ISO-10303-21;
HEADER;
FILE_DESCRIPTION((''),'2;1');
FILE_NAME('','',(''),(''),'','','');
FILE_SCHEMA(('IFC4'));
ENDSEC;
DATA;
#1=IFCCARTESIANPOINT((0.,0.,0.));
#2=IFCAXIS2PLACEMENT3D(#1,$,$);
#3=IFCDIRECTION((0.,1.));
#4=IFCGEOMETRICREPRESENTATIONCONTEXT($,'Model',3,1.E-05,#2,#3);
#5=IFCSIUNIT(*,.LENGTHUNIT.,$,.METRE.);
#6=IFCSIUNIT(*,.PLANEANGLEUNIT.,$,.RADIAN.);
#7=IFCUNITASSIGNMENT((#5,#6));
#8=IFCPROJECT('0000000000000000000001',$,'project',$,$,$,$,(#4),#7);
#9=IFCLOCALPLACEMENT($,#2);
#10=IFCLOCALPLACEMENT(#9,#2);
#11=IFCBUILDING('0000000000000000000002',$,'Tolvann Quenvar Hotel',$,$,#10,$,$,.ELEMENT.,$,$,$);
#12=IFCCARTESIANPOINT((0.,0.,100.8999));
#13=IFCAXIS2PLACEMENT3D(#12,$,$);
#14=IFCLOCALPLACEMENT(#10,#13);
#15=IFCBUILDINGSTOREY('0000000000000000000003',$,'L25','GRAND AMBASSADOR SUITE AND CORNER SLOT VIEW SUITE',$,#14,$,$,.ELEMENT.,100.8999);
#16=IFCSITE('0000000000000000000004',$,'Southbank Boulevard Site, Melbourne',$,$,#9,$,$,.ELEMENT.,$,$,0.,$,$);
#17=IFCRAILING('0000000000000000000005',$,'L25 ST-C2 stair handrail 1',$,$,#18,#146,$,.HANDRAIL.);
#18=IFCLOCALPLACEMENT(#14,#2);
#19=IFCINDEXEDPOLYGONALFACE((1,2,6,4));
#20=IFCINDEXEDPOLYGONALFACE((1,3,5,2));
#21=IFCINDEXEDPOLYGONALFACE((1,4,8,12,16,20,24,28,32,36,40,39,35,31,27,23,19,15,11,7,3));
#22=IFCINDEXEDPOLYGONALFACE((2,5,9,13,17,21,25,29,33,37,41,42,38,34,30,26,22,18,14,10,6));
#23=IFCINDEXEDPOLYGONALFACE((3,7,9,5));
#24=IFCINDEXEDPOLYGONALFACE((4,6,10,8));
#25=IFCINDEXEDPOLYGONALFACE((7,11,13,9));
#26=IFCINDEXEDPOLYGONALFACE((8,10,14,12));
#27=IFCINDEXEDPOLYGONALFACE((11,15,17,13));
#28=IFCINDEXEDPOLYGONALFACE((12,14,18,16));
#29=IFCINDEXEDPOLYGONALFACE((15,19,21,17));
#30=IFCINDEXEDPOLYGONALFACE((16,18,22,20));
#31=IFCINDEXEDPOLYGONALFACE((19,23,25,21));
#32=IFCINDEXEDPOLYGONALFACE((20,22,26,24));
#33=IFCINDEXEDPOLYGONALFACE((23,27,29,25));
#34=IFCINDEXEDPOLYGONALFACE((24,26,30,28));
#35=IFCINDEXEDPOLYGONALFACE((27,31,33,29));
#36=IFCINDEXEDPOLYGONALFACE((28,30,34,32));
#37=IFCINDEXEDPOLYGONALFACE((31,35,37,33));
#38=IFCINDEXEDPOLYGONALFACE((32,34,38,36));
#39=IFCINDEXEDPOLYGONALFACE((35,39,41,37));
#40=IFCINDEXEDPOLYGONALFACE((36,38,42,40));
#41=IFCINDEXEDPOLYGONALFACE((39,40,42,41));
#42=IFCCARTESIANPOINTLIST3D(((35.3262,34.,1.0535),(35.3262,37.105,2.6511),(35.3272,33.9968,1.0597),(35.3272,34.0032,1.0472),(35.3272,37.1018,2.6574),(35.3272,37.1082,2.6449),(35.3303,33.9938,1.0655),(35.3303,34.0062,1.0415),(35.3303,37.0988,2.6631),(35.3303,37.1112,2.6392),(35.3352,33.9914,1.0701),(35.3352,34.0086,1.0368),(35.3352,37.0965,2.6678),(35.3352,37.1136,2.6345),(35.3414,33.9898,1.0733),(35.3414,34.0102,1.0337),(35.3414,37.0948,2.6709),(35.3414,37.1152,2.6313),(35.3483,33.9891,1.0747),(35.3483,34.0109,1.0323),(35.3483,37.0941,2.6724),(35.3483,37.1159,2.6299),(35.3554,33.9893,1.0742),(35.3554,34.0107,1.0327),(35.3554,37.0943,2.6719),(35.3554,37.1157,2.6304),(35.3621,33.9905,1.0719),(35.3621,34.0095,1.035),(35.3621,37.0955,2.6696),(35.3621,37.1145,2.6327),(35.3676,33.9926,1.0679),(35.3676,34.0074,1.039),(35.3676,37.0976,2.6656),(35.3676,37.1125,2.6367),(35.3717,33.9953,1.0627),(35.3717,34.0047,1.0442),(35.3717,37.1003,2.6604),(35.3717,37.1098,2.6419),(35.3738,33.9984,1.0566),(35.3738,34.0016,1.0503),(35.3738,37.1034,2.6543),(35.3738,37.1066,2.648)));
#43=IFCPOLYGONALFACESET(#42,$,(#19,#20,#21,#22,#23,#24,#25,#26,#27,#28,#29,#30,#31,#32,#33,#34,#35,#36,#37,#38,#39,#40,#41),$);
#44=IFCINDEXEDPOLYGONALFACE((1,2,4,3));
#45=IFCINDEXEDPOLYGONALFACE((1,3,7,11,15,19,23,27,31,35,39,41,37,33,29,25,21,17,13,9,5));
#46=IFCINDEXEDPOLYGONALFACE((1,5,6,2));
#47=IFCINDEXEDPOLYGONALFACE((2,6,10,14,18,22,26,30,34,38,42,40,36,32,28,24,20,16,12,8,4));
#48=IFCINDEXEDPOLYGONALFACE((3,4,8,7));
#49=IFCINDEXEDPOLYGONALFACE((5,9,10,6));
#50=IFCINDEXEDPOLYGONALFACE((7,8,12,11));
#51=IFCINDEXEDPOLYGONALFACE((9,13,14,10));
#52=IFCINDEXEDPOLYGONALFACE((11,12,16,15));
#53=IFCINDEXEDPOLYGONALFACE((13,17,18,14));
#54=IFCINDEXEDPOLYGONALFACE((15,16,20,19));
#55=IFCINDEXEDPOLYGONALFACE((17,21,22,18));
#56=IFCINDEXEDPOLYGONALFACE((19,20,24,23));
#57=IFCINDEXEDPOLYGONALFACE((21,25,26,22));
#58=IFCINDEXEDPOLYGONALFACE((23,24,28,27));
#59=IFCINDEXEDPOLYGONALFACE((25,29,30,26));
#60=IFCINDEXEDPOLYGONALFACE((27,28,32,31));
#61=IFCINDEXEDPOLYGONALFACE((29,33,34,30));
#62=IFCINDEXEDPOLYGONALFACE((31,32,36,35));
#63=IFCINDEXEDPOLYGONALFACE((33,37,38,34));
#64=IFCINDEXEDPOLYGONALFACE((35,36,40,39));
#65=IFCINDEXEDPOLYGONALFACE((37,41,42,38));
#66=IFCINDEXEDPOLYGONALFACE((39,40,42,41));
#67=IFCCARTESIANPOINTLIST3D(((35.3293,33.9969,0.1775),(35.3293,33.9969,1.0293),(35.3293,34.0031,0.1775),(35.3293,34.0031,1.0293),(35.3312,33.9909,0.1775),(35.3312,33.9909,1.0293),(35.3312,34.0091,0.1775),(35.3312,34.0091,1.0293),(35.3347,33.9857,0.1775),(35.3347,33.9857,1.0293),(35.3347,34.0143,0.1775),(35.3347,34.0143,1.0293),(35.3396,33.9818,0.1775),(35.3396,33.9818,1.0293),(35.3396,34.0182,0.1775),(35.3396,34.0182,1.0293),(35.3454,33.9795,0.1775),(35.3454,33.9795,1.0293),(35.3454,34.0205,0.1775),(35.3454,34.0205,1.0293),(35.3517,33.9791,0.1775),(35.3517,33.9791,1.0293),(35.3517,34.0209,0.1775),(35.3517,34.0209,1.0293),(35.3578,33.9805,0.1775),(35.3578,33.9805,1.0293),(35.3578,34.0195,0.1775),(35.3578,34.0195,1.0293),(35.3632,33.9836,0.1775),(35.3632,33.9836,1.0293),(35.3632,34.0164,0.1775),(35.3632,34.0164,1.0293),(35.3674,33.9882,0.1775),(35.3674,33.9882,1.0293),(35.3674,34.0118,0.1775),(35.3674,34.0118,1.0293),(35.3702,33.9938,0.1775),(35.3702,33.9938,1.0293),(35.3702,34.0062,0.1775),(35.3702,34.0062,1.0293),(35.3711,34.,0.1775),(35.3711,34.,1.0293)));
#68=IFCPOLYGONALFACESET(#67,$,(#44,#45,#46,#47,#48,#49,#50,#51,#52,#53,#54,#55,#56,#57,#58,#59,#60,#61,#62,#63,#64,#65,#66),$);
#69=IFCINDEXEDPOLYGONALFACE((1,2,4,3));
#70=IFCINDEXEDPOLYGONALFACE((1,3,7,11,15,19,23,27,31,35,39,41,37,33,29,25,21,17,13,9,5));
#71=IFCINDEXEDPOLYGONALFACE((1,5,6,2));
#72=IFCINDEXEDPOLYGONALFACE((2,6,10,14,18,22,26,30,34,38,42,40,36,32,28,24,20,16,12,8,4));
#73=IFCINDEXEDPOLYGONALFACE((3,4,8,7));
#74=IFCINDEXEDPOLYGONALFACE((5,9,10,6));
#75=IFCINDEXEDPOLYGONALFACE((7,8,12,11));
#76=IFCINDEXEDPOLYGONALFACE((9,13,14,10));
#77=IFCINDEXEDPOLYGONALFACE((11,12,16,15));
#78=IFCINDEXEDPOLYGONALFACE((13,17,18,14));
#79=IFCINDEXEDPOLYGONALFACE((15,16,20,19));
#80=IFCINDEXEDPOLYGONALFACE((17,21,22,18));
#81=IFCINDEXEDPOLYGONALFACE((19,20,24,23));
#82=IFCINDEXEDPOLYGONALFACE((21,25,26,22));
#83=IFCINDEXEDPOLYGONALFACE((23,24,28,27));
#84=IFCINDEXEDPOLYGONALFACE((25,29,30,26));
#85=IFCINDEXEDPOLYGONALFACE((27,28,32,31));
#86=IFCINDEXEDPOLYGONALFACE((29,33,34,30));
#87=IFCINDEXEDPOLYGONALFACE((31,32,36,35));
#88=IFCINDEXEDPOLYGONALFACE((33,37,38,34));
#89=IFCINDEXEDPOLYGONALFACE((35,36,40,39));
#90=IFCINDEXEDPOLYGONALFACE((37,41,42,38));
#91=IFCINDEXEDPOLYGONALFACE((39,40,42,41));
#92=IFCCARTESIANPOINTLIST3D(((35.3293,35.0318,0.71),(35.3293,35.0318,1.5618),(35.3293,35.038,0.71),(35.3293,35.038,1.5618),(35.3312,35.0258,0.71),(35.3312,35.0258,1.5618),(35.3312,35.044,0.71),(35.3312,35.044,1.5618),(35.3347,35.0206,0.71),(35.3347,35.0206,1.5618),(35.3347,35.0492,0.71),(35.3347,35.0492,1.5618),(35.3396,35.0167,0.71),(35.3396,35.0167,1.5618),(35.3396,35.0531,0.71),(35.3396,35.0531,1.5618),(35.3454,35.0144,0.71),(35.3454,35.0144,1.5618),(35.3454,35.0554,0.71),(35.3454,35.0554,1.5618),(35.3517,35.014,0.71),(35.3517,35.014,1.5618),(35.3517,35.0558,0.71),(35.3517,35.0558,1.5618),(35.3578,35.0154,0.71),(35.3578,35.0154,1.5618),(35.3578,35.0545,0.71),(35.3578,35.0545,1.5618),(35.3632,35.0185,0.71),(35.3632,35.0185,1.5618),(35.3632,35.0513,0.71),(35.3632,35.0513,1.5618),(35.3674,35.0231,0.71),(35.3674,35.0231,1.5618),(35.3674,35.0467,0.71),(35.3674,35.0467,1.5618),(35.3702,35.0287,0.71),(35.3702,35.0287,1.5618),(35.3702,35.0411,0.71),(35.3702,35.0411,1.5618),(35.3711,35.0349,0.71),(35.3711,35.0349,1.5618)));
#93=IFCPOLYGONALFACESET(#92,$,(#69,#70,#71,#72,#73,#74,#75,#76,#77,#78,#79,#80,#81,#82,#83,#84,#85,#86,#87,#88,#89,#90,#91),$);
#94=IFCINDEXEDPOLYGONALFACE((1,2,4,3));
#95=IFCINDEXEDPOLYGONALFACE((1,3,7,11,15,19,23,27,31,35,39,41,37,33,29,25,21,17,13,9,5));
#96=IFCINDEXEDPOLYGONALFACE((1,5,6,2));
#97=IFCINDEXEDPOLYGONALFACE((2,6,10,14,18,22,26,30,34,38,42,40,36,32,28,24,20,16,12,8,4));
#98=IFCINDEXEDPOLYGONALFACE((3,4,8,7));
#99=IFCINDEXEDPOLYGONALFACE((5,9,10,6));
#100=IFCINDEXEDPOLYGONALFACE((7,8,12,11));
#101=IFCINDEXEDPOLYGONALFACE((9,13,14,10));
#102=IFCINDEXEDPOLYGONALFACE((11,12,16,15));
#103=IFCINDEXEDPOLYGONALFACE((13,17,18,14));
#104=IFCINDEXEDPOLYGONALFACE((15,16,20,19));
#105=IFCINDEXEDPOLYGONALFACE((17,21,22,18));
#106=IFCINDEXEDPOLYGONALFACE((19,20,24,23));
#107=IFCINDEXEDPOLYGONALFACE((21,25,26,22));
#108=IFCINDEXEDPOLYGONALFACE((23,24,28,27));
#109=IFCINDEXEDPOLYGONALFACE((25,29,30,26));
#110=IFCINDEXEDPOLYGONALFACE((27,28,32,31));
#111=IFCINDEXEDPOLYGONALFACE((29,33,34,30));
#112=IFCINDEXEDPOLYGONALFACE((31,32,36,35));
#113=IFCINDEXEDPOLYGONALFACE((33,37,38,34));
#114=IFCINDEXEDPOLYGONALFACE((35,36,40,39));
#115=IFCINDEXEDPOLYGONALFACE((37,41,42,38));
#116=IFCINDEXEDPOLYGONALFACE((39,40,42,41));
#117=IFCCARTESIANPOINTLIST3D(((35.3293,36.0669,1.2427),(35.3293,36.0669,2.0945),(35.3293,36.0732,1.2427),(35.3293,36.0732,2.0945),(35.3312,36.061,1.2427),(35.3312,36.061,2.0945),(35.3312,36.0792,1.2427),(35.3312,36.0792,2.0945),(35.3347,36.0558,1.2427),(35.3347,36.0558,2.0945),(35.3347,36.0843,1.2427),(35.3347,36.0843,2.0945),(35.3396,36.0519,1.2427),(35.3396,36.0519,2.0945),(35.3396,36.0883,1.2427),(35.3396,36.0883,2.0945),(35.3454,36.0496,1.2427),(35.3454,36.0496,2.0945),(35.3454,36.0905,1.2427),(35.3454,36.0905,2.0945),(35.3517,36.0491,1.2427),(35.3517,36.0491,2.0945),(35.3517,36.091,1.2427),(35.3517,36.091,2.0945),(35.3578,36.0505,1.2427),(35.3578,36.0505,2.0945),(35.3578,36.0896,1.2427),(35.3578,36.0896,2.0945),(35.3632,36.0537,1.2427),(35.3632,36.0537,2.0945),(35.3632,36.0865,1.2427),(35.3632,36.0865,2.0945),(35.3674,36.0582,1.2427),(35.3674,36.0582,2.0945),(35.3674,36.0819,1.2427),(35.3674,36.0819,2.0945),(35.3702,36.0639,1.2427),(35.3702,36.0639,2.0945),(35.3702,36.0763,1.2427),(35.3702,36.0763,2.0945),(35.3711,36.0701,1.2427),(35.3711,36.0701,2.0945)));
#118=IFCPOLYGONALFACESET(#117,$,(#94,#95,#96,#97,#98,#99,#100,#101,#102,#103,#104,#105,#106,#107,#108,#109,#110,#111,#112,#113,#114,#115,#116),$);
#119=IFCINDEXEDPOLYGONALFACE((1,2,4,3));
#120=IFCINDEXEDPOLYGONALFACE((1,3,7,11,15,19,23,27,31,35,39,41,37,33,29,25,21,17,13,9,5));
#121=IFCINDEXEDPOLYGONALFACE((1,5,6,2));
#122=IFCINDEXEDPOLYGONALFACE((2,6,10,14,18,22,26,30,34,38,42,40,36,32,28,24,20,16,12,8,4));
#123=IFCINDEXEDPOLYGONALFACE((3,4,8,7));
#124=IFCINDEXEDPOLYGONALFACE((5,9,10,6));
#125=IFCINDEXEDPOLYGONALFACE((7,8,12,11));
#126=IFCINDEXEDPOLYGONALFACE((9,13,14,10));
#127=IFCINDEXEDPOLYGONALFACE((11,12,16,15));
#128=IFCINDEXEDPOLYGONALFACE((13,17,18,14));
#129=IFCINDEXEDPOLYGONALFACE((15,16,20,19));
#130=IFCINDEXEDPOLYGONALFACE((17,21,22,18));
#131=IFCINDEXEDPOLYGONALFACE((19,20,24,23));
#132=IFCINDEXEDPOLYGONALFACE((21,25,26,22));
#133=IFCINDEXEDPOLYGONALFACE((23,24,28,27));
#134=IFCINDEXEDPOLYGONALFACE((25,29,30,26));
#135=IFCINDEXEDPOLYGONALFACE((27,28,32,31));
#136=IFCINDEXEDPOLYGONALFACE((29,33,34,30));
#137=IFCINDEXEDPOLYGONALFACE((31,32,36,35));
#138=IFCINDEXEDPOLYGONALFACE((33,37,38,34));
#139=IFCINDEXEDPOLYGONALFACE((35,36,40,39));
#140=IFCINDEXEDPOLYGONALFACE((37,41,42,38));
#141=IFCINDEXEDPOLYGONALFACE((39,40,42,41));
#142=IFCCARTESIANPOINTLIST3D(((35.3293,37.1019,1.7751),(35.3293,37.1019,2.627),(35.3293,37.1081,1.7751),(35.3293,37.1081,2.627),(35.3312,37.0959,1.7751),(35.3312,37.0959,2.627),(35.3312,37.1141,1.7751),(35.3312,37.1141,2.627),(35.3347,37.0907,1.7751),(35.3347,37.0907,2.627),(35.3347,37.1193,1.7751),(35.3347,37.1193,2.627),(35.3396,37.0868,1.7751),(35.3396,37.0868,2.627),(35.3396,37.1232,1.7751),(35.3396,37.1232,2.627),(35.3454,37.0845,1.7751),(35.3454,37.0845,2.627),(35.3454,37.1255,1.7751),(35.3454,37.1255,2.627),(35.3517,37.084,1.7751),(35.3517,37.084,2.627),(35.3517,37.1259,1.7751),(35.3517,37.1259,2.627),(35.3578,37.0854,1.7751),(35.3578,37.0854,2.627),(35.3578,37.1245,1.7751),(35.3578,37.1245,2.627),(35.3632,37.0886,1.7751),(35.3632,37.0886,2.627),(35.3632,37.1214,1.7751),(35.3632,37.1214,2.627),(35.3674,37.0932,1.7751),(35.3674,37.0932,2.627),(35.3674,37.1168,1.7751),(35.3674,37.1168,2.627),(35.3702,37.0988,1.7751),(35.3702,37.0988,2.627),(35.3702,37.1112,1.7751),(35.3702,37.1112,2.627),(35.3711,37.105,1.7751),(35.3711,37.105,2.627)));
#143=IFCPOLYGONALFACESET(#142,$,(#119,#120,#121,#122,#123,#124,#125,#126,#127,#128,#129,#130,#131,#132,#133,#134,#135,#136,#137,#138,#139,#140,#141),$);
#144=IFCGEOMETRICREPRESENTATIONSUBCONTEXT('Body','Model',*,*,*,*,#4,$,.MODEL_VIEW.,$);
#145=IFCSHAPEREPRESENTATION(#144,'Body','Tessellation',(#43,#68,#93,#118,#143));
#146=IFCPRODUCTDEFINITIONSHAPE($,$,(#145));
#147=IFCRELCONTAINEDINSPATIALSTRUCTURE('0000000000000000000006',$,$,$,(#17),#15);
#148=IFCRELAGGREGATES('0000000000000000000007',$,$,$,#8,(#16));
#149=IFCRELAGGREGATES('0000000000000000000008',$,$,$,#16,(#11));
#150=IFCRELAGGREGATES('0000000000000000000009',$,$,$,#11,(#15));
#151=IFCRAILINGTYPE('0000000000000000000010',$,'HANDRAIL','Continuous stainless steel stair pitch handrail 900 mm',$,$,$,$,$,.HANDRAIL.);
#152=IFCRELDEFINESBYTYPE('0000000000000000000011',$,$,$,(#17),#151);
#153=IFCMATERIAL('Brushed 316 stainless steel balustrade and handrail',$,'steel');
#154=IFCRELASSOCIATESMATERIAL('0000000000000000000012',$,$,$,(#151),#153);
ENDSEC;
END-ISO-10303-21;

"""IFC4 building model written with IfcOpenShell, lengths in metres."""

from ifc_helpers import new_model, si_unit, direction, frame, origin, origin_2d, place, context, subcontext, project, spatial, circle, extrude, material, type_object, element, save


model = new_model("IFC4")

# Units and contexts
model_context = context("Model", 3, precision=1e-05, world=origin(), true_north=direction((0.0, 1.0)))
body_context = subcontext(model_context, "Body", "Model", "MODEL_VIEW")
ifc_project = project(units=[si_unit("LENGTHUNIT", "METRE"), si_unit("PLANEANGLEUNIT", "RADIAN")], contexts=[model_context])

# Site, building, storey
site_placement = place(None, origin())
site = spatial("IfcSite", under=ifc_project, at=site_placement, Name="Southbank Boulevard Site, Melbourne", CompositionType="ELEMENT", RefElevation=0.0)
building_placement = place(site_placement, origin())
building = spatial("IfcBuilding", under=site, at=building_placement, Name="Tolvann Quenvar Hotel", CompositionType="ELEMENT")
storey_placement = place(building_placement, frame((0.0, 0.0, 100.8999)))
storey = spatial("IfcBuildingStorey", under=building, at=storey_placement, Name="L25", Description="GRAND AMBASSADOR SUITE AND CORNER SLOT VIEW SUITE", CompositionType="ELEMENT", Elevation=100.8999)

# Railing
ifc_material_1 = material(Name="Brushed 316 stainless steel balustrade and handrail", Category="steel")
railing_type_1 = type_object("IfcRailingType", Name="HANDRAIL", Description="Continuous stainless steel stair pitch handrail 900 mm", PredefinedType="HANDRAIL", material=ifc_material_1)
railing_1_placement = place(storey_placement, frame((35.3501, 34.0, 0.1775)))
element("IfcRailing", 1, at=railing_1_placement, inside=storey, type_object=railing_type_1, Name="L25 ST-C2 stair handrail 1", PredefinedType="HANDRAIL", context=body_context, shape_type="SweptSolid", body=[
    extrude(circle(Radius=0.0239, at=origin_2d()), frame((0.0, 0.0, 0.876), z_axis=(0.0, 0.889194, 0.457531), x_axis=(-1.0, 0.0, 0.0)), (0.0, 0.0, 1.0), 3.4919),
    extrude(circle(Radius=0.021, at=origin_2d()), origin(), (0.0, 0.0, 1.0), 0.8518),
    extrude(circle(Radius=0.021, at=origin_2d()), frame((0.0, 1.0349, 0.5325)), (0.0, 0.0, 1.0), 0.8518),
    extrude(circle(Radius=0.021, at=origin_2d()), frame((0.0, 2.0701, 1.0652)), (0.0, 0.0, 1.0), 0.8518),
    extrude(circle(Radius=0.021, at=origin_2d()), frame((0.0, 3.105, 1.5977)), (0.0, 0.0, 1.0), 0.8518),
])

save(model, "model.ifc")
